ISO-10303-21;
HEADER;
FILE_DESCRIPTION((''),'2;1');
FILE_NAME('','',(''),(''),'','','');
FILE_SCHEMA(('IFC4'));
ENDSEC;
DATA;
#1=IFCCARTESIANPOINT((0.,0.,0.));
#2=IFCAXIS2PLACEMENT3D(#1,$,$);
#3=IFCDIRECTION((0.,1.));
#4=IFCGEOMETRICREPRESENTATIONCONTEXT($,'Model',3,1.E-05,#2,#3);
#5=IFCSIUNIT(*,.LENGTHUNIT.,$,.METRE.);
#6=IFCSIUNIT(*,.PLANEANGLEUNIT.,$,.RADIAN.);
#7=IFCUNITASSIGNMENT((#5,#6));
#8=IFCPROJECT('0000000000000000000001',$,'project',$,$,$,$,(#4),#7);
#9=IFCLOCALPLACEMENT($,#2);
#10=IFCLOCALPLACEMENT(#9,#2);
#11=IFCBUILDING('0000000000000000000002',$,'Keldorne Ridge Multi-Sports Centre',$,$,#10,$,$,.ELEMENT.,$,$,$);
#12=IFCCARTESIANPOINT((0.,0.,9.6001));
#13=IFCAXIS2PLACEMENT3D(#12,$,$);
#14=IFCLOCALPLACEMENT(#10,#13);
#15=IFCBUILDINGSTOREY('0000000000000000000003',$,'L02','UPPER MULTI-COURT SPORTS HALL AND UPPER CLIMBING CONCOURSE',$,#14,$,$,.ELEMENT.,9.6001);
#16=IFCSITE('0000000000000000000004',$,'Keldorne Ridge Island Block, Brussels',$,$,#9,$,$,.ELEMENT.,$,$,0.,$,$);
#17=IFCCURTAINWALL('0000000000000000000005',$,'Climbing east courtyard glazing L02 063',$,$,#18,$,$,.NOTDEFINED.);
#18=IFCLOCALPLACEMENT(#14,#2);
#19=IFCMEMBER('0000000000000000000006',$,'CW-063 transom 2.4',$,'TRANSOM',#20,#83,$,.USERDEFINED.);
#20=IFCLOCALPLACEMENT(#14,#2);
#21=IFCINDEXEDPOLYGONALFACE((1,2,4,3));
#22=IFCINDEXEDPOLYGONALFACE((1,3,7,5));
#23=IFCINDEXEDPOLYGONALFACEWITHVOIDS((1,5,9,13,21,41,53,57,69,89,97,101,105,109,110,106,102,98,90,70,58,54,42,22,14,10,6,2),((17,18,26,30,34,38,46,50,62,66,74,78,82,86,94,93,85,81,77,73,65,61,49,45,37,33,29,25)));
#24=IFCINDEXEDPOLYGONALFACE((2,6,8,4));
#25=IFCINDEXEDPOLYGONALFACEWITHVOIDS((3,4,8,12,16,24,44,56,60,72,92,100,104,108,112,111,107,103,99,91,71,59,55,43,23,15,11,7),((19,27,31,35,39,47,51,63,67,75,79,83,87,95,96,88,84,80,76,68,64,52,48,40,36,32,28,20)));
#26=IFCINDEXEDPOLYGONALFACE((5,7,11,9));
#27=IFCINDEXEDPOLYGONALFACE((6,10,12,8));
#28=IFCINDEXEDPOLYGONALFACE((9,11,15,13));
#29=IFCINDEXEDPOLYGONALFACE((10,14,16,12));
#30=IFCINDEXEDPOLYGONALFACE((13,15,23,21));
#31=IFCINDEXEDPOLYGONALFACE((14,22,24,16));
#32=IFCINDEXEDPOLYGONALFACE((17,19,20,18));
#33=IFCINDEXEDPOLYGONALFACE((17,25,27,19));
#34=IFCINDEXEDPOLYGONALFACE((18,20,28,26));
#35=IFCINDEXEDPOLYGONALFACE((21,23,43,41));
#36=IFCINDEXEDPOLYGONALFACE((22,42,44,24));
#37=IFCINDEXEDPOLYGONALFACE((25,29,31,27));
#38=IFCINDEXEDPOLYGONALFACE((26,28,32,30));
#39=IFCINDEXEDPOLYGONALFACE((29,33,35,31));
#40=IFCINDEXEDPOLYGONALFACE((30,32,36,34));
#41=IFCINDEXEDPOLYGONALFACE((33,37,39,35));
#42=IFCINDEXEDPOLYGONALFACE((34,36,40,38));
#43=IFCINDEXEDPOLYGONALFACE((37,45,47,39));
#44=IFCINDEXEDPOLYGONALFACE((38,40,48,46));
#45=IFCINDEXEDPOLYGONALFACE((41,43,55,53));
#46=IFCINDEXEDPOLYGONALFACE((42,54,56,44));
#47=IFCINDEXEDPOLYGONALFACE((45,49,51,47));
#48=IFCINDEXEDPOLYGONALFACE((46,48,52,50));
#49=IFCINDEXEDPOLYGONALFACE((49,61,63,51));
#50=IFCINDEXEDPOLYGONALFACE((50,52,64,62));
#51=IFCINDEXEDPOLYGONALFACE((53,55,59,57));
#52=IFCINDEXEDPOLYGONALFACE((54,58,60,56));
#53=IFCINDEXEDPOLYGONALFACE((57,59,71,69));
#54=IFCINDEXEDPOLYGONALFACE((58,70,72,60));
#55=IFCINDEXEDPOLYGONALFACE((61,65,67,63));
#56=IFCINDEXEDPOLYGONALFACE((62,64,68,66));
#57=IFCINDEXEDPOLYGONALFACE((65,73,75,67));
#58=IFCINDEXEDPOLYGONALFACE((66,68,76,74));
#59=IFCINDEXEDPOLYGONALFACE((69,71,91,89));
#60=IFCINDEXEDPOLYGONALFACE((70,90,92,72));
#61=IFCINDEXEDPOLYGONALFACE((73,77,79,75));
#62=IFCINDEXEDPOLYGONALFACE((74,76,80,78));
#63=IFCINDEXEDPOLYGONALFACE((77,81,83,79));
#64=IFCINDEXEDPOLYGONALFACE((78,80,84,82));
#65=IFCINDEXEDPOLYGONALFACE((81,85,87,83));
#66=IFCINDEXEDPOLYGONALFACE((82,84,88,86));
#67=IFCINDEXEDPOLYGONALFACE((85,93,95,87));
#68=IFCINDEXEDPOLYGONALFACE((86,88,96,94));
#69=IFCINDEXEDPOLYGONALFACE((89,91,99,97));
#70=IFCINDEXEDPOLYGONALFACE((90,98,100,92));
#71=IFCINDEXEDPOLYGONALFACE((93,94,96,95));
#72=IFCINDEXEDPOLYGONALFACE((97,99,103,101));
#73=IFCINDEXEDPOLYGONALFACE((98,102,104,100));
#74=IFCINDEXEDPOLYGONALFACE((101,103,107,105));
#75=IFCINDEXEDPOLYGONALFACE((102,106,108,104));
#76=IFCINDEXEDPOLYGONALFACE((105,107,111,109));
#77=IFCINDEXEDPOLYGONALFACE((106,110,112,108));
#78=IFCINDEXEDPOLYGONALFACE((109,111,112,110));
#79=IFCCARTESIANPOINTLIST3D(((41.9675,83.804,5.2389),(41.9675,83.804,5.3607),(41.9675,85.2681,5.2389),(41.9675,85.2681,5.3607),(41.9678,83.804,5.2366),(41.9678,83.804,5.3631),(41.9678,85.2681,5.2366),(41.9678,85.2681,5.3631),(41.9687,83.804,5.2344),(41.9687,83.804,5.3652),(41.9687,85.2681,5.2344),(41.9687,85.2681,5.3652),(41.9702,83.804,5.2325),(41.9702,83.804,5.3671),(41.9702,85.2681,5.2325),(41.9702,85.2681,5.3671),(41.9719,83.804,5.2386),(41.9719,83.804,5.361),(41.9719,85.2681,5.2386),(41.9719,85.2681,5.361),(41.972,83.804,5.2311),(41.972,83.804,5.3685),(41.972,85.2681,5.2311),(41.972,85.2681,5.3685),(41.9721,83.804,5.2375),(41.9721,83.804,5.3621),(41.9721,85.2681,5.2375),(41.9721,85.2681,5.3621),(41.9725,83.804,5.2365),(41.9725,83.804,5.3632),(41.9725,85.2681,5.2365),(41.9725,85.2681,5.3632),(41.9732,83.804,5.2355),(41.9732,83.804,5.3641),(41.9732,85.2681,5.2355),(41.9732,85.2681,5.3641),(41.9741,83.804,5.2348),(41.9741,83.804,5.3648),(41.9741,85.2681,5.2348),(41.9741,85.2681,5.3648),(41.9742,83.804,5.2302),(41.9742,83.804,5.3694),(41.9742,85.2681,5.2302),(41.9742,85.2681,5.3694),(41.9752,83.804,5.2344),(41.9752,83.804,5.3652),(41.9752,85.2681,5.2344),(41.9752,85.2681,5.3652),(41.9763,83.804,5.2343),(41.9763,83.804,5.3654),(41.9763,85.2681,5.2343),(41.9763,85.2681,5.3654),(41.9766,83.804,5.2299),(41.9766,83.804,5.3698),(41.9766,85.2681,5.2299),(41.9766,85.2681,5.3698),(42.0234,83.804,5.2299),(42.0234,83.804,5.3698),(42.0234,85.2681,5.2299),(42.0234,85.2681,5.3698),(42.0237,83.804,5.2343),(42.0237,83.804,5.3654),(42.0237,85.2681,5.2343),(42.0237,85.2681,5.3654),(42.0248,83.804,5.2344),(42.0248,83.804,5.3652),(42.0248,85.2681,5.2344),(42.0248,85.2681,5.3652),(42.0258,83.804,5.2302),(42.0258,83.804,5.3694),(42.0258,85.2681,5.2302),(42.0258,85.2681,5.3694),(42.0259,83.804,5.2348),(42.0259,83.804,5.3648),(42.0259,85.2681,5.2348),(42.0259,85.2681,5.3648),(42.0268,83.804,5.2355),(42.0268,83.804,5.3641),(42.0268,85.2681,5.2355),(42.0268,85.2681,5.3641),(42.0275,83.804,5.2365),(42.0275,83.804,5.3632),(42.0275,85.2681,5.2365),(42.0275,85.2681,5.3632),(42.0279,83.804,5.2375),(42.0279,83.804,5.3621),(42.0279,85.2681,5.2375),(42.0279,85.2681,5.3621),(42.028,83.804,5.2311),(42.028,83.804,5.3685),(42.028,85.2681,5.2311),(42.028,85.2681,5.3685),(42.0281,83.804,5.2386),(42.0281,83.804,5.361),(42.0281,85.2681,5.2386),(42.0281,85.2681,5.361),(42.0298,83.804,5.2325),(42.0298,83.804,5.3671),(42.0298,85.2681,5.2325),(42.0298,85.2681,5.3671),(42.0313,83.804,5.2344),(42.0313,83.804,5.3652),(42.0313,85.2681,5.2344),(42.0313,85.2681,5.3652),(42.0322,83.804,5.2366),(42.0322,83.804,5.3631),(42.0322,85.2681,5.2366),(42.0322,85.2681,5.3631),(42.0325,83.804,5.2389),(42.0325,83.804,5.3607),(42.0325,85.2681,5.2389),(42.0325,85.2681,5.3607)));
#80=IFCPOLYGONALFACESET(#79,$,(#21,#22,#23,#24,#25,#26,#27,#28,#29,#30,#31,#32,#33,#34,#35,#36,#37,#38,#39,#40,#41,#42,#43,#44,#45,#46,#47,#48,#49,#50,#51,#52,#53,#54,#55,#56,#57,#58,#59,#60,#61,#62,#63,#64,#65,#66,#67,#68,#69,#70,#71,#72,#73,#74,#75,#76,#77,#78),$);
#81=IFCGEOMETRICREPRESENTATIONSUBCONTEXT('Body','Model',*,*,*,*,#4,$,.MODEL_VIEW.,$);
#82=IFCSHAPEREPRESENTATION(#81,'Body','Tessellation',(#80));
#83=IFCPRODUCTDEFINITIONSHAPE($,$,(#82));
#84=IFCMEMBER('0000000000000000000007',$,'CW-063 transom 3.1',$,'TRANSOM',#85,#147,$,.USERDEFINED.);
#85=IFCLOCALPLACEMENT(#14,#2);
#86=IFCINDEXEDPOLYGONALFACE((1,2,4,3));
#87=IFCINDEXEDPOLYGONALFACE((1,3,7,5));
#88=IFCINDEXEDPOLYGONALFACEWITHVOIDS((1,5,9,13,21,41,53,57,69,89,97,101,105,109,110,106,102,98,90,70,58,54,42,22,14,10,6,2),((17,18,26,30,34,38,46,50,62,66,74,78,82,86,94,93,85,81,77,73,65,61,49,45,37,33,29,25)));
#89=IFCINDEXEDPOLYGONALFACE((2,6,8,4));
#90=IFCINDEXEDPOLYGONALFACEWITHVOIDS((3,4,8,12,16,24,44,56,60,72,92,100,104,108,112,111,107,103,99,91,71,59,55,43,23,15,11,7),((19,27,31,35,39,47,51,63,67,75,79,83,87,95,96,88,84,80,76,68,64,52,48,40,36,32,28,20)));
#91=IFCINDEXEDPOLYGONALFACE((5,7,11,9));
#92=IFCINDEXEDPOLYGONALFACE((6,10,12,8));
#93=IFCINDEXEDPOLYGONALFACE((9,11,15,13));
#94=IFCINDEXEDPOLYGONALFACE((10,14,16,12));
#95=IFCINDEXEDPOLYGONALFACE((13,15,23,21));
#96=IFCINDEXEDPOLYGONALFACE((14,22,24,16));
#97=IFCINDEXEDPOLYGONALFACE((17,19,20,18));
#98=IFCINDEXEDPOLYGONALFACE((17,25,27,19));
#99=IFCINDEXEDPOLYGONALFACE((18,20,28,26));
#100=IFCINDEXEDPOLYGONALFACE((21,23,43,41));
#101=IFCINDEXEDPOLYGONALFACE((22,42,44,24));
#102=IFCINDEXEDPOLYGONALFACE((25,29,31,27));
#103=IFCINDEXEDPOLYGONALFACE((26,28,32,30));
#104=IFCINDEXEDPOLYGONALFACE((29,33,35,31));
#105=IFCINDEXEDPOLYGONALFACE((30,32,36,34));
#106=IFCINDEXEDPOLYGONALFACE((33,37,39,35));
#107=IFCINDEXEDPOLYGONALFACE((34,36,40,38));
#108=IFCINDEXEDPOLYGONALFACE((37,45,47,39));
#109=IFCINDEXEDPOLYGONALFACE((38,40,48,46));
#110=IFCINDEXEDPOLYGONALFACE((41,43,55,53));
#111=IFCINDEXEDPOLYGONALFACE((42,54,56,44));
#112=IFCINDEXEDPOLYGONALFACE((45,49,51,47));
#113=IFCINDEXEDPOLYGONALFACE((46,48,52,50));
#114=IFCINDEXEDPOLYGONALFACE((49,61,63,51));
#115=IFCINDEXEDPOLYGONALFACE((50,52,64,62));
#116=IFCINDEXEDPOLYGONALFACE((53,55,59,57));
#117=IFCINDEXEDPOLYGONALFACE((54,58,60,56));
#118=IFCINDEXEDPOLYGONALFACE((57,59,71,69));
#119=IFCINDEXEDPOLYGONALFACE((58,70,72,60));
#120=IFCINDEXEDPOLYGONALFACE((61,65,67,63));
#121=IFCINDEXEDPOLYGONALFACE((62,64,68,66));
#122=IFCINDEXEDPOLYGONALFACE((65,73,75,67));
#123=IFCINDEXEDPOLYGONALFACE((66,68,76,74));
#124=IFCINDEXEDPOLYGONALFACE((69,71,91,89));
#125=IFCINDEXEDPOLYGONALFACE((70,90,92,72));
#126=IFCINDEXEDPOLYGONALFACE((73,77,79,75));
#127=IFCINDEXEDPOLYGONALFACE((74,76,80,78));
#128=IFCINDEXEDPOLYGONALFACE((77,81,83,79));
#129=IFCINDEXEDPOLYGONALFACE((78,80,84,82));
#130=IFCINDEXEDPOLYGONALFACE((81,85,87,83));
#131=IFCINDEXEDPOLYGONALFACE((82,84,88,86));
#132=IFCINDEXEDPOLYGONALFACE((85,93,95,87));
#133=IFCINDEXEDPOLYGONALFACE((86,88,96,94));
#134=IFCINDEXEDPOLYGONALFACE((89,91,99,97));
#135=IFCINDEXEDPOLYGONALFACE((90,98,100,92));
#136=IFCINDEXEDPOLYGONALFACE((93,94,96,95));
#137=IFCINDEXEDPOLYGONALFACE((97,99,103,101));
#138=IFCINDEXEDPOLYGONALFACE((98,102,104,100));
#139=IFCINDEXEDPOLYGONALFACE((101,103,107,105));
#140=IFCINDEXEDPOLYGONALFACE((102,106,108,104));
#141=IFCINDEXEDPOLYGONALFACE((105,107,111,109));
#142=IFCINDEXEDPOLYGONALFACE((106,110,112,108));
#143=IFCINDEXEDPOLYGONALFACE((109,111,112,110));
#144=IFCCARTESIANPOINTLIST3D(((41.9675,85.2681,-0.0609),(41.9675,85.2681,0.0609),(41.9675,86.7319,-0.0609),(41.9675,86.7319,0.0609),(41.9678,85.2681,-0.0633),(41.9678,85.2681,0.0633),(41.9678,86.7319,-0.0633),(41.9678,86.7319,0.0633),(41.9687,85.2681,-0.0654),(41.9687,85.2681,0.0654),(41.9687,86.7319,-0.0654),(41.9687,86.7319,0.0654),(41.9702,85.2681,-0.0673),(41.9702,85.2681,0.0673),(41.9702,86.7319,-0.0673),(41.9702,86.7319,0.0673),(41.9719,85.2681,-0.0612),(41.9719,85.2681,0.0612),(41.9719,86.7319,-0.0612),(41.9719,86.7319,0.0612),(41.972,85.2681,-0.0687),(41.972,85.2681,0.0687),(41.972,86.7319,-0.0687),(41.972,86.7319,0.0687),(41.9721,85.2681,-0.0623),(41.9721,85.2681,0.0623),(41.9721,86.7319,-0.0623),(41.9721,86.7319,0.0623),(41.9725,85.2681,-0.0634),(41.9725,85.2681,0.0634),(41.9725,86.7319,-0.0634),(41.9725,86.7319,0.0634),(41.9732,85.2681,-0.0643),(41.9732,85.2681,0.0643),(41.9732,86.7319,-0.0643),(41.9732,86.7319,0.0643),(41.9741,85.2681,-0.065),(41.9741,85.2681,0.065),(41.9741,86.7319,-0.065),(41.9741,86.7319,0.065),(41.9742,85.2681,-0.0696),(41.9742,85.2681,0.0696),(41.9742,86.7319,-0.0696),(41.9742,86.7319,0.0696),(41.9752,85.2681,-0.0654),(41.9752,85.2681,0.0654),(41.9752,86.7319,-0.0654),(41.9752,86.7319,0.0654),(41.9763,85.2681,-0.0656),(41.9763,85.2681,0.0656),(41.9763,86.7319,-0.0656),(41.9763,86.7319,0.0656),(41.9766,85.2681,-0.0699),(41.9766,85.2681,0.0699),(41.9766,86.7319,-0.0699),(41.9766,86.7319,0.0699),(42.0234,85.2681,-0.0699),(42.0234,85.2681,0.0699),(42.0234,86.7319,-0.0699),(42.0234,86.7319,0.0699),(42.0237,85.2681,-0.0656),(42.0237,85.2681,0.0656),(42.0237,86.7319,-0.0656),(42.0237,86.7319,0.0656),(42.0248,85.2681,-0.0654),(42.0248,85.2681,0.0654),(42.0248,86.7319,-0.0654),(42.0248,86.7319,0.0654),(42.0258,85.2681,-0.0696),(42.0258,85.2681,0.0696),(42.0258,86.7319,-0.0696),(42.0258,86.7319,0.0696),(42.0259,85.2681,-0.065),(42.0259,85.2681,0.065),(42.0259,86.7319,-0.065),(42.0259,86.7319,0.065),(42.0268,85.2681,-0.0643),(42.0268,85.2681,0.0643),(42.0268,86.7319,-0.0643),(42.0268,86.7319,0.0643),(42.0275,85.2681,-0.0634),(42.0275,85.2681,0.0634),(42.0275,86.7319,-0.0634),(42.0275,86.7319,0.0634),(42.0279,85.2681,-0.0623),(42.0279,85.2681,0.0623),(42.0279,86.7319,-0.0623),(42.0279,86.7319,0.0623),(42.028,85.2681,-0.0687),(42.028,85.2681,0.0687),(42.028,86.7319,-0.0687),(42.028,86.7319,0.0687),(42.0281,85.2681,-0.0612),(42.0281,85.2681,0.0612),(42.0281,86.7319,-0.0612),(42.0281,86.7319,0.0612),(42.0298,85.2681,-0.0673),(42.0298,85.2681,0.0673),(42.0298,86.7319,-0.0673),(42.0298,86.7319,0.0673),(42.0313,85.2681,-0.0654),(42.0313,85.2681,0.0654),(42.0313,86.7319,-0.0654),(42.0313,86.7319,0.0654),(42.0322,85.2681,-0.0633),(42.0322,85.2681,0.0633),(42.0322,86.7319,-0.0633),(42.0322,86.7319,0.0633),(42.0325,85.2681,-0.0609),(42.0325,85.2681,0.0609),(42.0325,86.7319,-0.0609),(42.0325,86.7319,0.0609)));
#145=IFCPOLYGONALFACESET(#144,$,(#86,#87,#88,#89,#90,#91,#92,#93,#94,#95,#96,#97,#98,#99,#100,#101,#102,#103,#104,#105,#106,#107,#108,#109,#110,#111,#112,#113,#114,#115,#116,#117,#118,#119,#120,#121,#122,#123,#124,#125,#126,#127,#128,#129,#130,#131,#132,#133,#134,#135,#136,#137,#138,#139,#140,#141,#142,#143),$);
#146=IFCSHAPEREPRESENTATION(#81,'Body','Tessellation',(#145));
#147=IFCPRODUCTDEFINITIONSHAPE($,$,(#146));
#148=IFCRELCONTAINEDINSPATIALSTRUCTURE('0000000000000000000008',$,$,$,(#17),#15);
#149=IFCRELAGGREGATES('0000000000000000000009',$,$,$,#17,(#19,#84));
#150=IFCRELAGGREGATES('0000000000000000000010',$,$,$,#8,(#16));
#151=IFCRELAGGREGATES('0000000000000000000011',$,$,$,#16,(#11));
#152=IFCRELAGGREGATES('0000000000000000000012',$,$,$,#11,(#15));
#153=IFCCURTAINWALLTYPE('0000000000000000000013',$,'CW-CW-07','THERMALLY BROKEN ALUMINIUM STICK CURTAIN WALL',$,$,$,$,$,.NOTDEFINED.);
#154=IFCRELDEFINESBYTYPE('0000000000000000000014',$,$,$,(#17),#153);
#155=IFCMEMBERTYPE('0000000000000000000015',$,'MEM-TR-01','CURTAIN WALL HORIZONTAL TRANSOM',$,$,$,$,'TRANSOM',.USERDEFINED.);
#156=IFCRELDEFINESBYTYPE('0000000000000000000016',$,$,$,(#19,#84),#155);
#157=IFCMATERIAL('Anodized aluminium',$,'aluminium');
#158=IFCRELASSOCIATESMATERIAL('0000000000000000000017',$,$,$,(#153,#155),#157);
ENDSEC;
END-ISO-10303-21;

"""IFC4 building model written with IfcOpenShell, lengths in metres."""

from ifc_helpers import new_model, si_unit, direction, frame, origin, origin_2d, place, context, subcontext, project, spatial, hollow_rectangle, extrude, material, material_profile, profile_set, type_object, element, aggregate, save


model = new_model("IFC4")

# Units and contexts
model_context = context("Model", 3, precision=1e-05, world=origin(), true_north=direction((0.0, 1.0)))
body_context = subcontext(model_context, "Body", "Model", "MODEL_VIEW")
ifc_project = project(units=[si_unit("LENGTHUNIT", "METRE"), si_unit("PLANEANGLEUNIT", "RADIAN")], contexts=[model_context])

# Site, building, storey
site_placement = place(None, origin())
site = spatial("IfcSite", under=ifc_project, at=site_placement, Name="Keldorne Ridge Island Block, Brussels", CompositionType="ELEMENT", RefElevation=0.0)
building_placement = place(site_placement, origin())
building = spatial("IfcBuilding", under=site, at=building_placement, Name="Keldorne Ridge Multi-Sports Centre", CompositionType="ELEMENT")
storey_placement = place(building_placement, frame((0.0, 0.0, 9.6001)))
storey = spatial("IfcBuildingStorey", under=building, at=storey_placement, Name="L02", Description="UPPER MULTI-COURT SPORTS HALL AND UPPER CLIMBING CONCOURSE", CompositionType="ELEMENT", Elevation=9.6001)

# Curtain wall, members
ifc_material_1 = material(Name="Anodized aluminium", Category="aluminium")
curtain_wall_type = type_object("IfcCurtainWallType", Name="CW-CW-07", Description="THERMALLY BROKEN ALUMINIUM STICK CURTAIN WALL", PredefinedType="NOTDEFINED", material=ifc_material_1)
curtain_wall_placement = place(storey_placement, origin())
curtain_wall = element("IfcCurtainWall", 1, at=curtain_wall_placement, inside=storey, type_object=curtain_wall_type, Name="Climbing east courtyard glazing L02 063", PredefinedType="NOTDEFINED")
ifc_material_profile_1 = material_profile(ifc_material_1, hollow_rectangle(XDim=0.0649, YDim=0.1399, WallThickness=0.0044, InnerFilletRadius=0.0044, OuterFilletRadius=0.009, at=origin_2d()), Name="ALU TRANSOM 140x65x4.5")
ifc_profile_set_1 = profile_set([ifc_material_profile_1], Name="Anodized aluminium")
member_type_1 = type_object("IfcMemberType", Name="MEM-TR-01", Description="CURTAIN WALL HORIZONTAL TRANSOM", ElementType="TRANSOM", PredefinedType="USERDEFINED", material=ifc_profile_set_1)
member_1_placement = place(storey_placement, frame((42.0, 83.804, 5.2998), z_axis=(0.0, 1.0, 0.0), x_axis=(-1.0, 0.0, 0.0)))
member_1 = element("IfcMember", 2, at=member_1_placement, type_object=member_type_1, Name="CW-063 transom 2.4", ObjectType="TRANSOM", PredefinedType="USERDEFINED", context=body_context, shape_type="SweptSolid", body=[
    extrude(hollow_rectangle(XDim=0.0649, YDim=0.1399, WallThickness=0.0044, InnerFilletRadius=0.0044, OuterFilletRadius=0.009, at=origin_2d()), origin(), (0.0, 0.0, 1.0), 1.4641),
])
member_2_placement = place(storey_placement, frame((42.0, 85.2681, 0.0), z_axis=(0.0, 1.0, 0.0), x_axis=(-1.0, 0.0, 0.0)))
member_2 = element("IfcMember", 3, at=member_2_placement, type_object=member_type_1, Name="CW-063 transom 3.1", ObjectType="TRANSOM", PredefinedType="USERDEFINED", context=body_context, shape_type="SweptSolid", body=[
    extrude(hollow_rectangle(XDim=0.0649, YDim=0.1399, WallThickness=0.0044, InnerFilletRadius=0.0044, OuterFilletRadius=0.009, at=origin_2d()), origin(), (0.0, 0.0, 1.0), 1.4639),
])
aggregate(curtain_wall, [member_1, member_2])

save(model, "model.ifc")
